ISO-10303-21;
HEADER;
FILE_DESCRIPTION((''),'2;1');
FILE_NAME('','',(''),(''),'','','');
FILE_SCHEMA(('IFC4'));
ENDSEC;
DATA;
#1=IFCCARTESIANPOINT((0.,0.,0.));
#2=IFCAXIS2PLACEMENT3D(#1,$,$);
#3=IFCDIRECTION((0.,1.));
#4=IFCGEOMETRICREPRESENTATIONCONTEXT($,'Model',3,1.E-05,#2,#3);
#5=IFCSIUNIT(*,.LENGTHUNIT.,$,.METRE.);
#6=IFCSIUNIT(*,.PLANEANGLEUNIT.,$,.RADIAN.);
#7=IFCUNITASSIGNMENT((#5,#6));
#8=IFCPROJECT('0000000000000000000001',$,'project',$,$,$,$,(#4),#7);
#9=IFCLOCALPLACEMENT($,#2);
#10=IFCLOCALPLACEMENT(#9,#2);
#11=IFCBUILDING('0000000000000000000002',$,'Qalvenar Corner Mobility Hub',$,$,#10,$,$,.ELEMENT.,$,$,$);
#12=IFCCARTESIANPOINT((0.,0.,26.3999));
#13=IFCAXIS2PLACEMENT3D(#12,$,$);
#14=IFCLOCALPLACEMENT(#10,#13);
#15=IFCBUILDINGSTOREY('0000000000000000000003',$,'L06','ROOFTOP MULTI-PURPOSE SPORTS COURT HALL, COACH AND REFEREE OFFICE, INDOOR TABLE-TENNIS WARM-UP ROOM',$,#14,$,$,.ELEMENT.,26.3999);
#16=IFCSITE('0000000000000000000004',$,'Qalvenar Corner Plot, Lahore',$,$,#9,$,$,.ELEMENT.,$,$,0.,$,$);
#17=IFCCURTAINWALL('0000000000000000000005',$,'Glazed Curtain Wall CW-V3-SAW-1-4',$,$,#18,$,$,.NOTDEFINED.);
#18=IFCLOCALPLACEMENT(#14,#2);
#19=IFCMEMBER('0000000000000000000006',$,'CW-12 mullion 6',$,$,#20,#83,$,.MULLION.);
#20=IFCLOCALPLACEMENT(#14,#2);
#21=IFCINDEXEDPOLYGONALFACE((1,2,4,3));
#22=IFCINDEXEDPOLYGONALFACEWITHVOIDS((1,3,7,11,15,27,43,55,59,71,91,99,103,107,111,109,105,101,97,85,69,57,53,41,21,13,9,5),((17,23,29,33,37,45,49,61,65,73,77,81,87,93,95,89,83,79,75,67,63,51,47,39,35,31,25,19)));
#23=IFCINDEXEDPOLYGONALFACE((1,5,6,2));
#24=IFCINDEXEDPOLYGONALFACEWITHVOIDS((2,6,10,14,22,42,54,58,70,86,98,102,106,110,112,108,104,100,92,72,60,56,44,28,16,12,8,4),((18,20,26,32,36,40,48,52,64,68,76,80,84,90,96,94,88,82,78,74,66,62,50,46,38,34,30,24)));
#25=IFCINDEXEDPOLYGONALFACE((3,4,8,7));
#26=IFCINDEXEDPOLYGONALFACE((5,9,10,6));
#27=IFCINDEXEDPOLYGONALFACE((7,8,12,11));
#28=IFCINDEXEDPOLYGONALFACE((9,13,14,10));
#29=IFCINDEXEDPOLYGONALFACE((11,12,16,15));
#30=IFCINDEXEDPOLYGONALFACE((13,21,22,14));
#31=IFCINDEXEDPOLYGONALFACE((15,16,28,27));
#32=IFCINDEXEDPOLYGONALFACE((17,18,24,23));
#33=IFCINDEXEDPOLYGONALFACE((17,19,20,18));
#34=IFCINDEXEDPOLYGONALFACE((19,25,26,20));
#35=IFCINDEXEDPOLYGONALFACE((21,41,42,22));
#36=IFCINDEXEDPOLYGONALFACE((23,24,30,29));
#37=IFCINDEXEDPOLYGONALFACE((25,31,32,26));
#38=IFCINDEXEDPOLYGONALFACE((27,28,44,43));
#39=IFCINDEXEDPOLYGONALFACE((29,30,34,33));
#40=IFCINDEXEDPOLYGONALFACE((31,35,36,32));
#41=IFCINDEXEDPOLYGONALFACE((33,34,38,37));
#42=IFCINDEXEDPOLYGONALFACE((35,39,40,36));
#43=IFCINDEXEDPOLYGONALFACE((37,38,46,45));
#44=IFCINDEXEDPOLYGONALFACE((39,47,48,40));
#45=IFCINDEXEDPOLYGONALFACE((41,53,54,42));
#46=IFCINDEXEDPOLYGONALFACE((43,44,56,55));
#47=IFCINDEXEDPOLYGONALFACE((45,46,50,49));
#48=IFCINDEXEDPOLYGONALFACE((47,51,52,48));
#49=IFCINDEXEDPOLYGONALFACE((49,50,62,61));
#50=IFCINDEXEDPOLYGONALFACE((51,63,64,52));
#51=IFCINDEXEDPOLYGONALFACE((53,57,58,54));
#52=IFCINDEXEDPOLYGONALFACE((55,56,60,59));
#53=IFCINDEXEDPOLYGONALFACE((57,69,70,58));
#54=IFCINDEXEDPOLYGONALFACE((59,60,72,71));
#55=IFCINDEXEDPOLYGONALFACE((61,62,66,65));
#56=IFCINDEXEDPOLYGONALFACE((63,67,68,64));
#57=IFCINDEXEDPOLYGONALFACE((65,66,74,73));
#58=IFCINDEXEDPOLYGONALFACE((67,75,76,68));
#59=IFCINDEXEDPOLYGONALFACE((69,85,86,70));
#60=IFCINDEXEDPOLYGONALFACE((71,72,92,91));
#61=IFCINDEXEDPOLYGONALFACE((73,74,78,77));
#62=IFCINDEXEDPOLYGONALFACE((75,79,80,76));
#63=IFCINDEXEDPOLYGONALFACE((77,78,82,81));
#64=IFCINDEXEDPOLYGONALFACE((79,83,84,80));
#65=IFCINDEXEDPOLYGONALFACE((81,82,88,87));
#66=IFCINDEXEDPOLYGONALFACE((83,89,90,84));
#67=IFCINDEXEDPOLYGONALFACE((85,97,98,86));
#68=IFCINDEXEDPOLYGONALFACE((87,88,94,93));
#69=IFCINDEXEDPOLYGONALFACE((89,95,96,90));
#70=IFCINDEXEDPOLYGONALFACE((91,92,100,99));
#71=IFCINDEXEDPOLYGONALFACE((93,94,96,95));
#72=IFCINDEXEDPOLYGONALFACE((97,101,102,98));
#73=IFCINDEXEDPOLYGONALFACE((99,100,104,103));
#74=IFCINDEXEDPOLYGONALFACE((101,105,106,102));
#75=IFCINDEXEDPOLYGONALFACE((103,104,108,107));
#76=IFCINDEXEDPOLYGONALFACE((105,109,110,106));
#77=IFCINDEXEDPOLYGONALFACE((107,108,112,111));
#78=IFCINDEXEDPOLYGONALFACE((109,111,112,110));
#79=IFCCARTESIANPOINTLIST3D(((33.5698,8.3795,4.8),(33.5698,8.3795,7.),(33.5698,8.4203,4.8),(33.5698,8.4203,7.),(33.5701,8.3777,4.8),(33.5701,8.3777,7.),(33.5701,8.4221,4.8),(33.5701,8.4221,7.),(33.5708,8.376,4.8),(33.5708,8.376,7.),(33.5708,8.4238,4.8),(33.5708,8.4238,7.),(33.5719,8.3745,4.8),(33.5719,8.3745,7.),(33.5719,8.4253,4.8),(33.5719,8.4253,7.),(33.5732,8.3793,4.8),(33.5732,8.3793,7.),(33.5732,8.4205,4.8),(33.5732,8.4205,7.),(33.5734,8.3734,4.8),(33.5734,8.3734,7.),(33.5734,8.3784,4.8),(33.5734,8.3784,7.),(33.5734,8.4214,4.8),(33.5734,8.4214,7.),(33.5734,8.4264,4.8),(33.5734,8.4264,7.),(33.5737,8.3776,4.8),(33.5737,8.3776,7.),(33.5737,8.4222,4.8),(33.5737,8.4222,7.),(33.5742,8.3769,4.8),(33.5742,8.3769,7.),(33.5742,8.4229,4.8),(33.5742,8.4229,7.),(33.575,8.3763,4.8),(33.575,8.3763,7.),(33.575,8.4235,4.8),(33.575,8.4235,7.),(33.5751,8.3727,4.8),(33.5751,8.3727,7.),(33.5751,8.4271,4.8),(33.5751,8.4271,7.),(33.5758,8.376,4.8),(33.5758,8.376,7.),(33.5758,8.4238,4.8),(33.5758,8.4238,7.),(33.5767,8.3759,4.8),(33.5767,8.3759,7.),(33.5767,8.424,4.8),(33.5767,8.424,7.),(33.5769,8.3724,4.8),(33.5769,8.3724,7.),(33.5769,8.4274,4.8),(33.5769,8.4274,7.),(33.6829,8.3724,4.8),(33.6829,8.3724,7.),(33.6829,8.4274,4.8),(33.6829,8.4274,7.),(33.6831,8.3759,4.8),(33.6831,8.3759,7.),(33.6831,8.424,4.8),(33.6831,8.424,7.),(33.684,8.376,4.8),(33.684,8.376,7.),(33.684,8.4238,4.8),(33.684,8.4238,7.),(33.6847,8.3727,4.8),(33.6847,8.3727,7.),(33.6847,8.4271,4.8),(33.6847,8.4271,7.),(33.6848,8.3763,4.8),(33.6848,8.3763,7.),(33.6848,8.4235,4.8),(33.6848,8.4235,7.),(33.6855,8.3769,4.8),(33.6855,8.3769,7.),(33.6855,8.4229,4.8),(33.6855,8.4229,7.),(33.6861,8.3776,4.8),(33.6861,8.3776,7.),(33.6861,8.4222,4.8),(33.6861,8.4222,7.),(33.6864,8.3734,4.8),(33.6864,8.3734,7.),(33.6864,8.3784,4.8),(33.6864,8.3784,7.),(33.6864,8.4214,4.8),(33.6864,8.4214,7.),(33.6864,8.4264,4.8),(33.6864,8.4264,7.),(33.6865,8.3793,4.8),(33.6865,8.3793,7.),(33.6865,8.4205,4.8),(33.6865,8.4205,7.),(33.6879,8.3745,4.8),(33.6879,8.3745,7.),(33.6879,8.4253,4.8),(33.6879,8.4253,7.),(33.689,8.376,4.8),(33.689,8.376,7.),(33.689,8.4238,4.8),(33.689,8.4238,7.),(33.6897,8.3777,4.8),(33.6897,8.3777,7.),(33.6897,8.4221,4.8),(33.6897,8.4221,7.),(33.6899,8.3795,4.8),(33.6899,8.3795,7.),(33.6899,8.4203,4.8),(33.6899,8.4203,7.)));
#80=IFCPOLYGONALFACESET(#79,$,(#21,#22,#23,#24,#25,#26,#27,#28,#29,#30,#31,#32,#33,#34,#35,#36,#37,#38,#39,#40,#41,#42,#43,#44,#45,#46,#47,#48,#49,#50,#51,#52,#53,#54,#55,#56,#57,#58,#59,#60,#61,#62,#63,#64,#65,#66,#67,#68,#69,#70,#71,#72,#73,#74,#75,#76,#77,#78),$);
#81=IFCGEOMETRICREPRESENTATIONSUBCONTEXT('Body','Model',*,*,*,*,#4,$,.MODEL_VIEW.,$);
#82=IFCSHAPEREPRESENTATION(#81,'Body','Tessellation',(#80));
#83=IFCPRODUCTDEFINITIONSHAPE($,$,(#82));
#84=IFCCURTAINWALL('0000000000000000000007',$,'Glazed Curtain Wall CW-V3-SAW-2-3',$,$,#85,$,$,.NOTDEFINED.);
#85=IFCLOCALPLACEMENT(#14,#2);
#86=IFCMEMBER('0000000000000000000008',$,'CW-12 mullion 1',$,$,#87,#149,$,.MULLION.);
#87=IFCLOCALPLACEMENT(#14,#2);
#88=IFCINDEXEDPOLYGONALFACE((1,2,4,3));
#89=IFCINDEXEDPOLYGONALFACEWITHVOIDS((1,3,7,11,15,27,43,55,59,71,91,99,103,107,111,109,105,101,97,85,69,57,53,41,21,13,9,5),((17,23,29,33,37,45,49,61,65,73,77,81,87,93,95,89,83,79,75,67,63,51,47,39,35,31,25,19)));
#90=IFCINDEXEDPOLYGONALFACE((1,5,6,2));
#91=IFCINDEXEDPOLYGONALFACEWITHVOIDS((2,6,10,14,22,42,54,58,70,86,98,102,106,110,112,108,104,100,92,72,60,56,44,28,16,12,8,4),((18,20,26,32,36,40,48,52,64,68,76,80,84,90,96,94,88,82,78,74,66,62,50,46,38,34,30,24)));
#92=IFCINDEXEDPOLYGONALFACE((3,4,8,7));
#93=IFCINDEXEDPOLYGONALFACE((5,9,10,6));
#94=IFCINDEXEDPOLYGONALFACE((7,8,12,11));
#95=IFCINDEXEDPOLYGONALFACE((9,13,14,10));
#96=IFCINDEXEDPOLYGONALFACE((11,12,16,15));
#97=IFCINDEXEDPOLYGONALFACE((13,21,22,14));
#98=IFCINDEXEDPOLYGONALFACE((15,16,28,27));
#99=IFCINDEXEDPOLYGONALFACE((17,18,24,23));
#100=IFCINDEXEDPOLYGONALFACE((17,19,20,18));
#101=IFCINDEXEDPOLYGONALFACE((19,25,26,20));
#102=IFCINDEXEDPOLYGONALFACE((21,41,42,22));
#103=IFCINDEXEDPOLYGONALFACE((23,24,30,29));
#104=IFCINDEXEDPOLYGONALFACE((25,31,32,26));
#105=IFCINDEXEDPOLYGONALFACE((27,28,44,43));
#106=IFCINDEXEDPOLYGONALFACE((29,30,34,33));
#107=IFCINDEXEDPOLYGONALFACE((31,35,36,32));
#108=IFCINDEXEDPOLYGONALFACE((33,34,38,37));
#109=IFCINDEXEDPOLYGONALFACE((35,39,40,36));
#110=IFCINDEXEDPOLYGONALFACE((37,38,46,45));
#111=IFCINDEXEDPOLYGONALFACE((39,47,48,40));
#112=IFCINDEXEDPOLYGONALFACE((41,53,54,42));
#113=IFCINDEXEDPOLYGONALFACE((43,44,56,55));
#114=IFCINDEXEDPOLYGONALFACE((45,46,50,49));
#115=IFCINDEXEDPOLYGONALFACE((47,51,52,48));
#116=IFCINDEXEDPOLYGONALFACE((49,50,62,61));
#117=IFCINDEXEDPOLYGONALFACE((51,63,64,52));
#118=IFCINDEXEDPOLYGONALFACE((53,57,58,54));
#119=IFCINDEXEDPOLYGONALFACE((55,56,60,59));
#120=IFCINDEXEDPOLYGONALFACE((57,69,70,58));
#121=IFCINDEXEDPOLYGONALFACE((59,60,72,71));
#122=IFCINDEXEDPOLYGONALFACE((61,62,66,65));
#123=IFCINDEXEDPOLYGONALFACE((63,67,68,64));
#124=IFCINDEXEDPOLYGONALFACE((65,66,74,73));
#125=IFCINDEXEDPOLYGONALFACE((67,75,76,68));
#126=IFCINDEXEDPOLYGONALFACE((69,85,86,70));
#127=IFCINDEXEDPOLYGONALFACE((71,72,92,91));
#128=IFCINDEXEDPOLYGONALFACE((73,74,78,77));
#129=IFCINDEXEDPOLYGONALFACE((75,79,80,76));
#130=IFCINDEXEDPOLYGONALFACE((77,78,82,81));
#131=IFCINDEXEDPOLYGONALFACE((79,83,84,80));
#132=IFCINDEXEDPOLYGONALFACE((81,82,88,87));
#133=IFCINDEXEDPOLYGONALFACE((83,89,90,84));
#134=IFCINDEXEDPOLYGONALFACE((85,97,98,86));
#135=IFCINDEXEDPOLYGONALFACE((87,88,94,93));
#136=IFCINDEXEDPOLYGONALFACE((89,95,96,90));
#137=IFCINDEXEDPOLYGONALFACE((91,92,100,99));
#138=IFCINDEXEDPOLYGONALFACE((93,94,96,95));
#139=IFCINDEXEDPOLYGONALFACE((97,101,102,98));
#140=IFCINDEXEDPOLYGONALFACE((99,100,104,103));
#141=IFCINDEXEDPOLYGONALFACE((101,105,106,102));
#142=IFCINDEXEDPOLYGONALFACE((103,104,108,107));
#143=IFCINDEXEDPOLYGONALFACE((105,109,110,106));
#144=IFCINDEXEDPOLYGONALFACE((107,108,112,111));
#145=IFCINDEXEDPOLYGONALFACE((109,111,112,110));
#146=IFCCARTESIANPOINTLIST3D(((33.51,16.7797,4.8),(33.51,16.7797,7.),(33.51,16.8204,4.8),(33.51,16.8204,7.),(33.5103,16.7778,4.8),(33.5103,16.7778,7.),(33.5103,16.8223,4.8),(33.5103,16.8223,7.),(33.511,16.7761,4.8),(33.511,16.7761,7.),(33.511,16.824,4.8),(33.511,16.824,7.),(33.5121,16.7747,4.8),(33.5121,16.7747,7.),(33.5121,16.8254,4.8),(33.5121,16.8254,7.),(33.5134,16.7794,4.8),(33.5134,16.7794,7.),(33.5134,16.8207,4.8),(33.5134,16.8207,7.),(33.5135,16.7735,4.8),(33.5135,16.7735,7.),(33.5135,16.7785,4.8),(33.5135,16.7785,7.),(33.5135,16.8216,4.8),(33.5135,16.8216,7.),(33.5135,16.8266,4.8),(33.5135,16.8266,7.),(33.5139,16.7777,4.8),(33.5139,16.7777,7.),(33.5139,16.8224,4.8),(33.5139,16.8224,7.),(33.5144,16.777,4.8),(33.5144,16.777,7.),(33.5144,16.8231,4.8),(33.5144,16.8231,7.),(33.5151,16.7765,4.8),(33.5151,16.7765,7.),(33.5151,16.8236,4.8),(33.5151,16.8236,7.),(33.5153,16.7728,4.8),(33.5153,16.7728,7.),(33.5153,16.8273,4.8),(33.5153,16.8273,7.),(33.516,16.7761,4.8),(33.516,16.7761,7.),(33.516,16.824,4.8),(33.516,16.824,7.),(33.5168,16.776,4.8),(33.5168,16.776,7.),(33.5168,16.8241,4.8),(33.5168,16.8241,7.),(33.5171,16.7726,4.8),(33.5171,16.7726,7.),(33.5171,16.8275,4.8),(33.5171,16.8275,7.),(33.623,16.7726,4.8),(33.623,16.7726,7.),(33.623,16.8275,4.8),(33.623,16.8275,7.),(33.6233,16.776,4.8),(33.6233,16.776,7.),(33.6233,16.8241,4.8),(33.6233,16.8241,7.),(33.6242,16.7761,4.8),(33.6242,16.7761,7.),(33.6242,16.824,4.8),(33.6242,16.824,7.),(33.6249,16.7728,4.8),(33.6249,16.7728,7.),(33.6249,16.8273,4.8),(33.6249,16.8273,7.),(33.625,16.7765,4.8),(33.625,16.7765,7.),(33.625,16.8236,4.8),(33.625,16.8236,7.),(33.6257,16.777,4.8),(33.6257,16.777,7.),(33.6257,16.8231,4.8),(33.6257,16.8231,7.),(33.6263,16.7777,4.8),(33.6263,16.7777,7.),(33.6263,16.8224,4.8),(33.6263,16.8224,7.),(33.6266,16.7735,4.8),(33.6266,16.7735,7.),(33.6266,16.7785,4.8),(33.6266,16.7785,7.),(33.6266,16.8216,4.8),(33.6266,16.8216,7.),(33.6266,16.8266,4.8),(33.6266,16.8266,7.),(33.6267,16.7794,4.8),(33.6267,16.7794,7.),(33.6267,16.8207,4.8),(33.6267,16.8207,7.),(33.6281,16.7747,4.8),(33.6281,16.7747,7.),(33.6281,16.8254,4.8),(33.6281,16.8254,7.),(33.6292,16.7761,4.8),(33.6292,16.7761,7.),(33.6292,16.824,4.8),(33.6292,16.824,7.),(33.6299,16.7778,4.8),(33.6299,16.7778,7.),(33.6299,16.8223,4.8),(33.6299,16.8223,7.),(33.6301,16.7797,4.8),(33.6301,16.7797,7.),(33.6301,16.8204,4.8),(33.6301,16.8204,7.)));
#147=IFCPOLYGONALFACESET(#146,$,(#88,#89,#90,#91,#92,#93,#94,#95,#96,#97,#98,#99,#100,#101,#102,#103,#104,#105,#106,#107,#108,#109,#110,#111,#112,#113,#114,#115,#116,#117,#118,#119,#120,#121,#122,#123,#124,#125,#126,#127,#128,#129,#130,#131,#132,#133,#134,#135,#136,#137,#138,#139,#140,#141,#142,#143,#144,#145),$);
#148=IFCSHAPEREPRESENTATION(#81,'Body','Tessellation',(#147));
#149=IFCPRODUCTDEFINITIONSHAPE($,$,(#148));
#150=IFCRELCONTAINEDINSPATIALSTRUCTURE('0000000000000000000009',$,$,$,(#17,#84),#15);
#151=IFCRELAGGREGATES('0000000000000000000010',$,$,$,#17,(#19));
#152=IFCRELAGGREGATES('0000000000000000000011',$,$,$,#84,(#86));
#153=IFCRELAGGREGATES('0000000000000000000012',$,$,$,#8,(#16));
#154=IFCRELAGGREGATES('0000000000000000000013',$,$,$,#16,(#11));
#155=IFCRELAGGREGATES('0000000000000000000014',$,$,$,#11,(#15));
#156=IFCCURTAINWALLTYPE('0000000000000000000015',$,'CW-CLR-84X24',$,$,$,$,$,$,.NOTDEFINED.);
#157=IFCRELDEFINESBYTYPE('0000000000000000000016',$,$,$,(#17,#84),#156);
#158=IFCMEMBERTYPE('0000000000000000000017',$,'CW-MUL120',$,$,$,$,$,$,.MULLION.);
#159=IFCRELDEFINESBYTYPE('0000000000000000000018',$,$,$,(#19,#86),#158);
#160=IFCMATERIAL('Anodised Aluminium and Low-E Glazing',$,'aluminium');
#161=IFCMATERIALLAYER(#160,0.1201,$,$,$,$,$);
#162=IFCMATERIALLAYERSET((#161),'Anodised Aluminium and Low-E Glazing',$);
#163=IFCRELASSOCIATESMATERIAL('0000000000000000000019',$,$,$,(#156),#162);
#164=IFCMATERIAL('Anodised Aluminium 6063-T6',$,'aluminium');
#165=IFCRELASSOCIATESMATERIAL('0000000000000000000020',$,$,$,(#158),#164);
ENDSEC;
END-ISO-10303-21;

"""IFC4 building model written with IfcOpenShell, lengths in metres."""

from ifc_helpers import new_model, si_unit, direction, frame, origin, origin_2d, place, context, subcontext, project, spatial, hollow_rectangle, extrude, material, layer, layer_set, material_profile, profile_set, type_object, element, aggregate, save


model = new_model("IFC4")

# Units and contexts
model_context = context("Model", 3, precision=1e-05, world=origin(), true_north=direction((0.0, 1.0)))
body_context = subcontext(model_context, "Body", "Model", "MODEL_VIEW")
ifc_project = project(units=[si_unit("LENGTHUNIT", "METRE"), si_unit("PLANEANGLEUNIT", "RADIAN")], contexts=[model_context])

# Site, building, storey
site_placement = place(None, origin())
site = spatial("IfcSite", under=ifc_project, at=site_placement, Name="Qalvenar Corner Plot, Lahore", CompositionType="ELEMENT", RefElevation=0.0)
building_placement = place(site_placement, origin())
building = spatial("IfcBuilding", under=site, at=building_placement, Name="Qalvenar Corner Mobility Hub", CompositionType="ELEMENT")
storey_placement = place(building_placement, frame((0.0, 0.0, 26.3999)))
storey = spatial("IfcBuildingStorey", under=building, at=storey_placement, Name="L06", Description="ROOFTOP MULTI-PURPOSE SPORTS COURT HALL, COACH AND REFEREE OFFICE, INDOOR TABLE-TENNIS WARM-UP ROOM", CompositionType="ELEMENT", Elevation=26.3999)

# Shared definitions
ifc_material_1 = material(Name="Anodised Aluminium and Low-E Glazing", Category="aluminium")
ifc_layer_1 = layer(ifc_material_1, 0.1201)
ifc_layer_set_1 = layer_set([ifc_layer_1], Name="Anodised Aluminium and Low-E Glazing")
curtain_wall_type = type_object("IfcCurtainWallType", Name="CW-CLR-84X24", PredefinedType="NOTDEFINED", material=ifc_layer_set_1)
ifc_material_2 = material(Name="Anodised Aluminium 6063-T6", Category="aluminium")
ifc_material_profile_1 = material_profile(ifc_material_2, hollow_rectangle(XDim=0.0549, YDim=0.1201, WallThickness=0.0034, InnerFilletRadius=0.0034, OuterFilletRadius=0.0071, at=origin_2d()), Name="RHS120x55x3.5")
ifc_profile_set_1 = profile_set([ifc_material_profile_1], Name="Anodised Aluminium 6063-T6")
member_type_1 = type_object("IfcMemberType", Name="CW-MUL120", PredefinedType="MULLION", material=ifc_profile_set_1)

# Curtain wall, member
curtain_wall_1_placement = place(storey_placement, origin())
curtain_wall_1 = element("IfcCurtainWall", 1, at=curtain_wall_1_placement, inside=storey, type_object=curtain_wall_type, Name="Glazed Curtain Wall CW-V3-SAW-1-4", PredefinedType="NOTDEFINED")
member_1_placement = place(storey_placement, frame((33.6299, 8.3999, 4.8), z_axis=(0.0, 0.0, 1.0), x_axis=(0.0, -1.0, 0.0)))
member_1 = element("IfcMember", 2, at=member_1_placement, type_object=member_type_1, Name="CW-12 mullion 6", PredefinedType="MULLION", context=body_context, shape_type="SweptSolid", body=[
    extrude(hollow_rectangle(XDim=0.0549, YDim=0.1201, WallThickness=0.0034, InnerFilletRadius=0.0034, OuterFilletRadius=0.0071, at=origin_2d()), origin(), (0.0, 0.0, 1.0), 2.2),
])

# Curtain wall, member
curtain_wall_2_placement = place(storey_placement, origin())
curtain_wall_2 = element("IfcCurtainWall", 3, at=curtain_wall_2_placement, inside=storey, type_object=curtain_wall_type, Name="Glazed Curtain Wall CW-V3-SAW-2-3", PredefinedType="NOTDEFINED")
member_2_placement = place(storey_placement, frame((33.5701, 16.8, 4.8), z_axis=(0.0, 0.0, 1.0), x_axis=(0.0, -1.0, 0.0)))
member_2 = element("IfcMember", 4, at=member_2_placement, type_object=member_type_1, Name="CW-12 mullion 1", PredefinedType="MULLION", context=body_context, shape_type="SweptSolid", body=[
    extrude(hollow_rectangle(XDim=0.0549, YDim=0.1201, WallThickness=0.0034, InnerFilletRadius=0.0034, OuterFilletRadius=0.0071, at=origin_2d()), origin(), (0.0, 0.0, 1.0), 2.2),
])

aggregate(curtain_wall_1, [member_1])
aggregate(curtain_wall_2, [member_2])

save(model, "model.ifc")
